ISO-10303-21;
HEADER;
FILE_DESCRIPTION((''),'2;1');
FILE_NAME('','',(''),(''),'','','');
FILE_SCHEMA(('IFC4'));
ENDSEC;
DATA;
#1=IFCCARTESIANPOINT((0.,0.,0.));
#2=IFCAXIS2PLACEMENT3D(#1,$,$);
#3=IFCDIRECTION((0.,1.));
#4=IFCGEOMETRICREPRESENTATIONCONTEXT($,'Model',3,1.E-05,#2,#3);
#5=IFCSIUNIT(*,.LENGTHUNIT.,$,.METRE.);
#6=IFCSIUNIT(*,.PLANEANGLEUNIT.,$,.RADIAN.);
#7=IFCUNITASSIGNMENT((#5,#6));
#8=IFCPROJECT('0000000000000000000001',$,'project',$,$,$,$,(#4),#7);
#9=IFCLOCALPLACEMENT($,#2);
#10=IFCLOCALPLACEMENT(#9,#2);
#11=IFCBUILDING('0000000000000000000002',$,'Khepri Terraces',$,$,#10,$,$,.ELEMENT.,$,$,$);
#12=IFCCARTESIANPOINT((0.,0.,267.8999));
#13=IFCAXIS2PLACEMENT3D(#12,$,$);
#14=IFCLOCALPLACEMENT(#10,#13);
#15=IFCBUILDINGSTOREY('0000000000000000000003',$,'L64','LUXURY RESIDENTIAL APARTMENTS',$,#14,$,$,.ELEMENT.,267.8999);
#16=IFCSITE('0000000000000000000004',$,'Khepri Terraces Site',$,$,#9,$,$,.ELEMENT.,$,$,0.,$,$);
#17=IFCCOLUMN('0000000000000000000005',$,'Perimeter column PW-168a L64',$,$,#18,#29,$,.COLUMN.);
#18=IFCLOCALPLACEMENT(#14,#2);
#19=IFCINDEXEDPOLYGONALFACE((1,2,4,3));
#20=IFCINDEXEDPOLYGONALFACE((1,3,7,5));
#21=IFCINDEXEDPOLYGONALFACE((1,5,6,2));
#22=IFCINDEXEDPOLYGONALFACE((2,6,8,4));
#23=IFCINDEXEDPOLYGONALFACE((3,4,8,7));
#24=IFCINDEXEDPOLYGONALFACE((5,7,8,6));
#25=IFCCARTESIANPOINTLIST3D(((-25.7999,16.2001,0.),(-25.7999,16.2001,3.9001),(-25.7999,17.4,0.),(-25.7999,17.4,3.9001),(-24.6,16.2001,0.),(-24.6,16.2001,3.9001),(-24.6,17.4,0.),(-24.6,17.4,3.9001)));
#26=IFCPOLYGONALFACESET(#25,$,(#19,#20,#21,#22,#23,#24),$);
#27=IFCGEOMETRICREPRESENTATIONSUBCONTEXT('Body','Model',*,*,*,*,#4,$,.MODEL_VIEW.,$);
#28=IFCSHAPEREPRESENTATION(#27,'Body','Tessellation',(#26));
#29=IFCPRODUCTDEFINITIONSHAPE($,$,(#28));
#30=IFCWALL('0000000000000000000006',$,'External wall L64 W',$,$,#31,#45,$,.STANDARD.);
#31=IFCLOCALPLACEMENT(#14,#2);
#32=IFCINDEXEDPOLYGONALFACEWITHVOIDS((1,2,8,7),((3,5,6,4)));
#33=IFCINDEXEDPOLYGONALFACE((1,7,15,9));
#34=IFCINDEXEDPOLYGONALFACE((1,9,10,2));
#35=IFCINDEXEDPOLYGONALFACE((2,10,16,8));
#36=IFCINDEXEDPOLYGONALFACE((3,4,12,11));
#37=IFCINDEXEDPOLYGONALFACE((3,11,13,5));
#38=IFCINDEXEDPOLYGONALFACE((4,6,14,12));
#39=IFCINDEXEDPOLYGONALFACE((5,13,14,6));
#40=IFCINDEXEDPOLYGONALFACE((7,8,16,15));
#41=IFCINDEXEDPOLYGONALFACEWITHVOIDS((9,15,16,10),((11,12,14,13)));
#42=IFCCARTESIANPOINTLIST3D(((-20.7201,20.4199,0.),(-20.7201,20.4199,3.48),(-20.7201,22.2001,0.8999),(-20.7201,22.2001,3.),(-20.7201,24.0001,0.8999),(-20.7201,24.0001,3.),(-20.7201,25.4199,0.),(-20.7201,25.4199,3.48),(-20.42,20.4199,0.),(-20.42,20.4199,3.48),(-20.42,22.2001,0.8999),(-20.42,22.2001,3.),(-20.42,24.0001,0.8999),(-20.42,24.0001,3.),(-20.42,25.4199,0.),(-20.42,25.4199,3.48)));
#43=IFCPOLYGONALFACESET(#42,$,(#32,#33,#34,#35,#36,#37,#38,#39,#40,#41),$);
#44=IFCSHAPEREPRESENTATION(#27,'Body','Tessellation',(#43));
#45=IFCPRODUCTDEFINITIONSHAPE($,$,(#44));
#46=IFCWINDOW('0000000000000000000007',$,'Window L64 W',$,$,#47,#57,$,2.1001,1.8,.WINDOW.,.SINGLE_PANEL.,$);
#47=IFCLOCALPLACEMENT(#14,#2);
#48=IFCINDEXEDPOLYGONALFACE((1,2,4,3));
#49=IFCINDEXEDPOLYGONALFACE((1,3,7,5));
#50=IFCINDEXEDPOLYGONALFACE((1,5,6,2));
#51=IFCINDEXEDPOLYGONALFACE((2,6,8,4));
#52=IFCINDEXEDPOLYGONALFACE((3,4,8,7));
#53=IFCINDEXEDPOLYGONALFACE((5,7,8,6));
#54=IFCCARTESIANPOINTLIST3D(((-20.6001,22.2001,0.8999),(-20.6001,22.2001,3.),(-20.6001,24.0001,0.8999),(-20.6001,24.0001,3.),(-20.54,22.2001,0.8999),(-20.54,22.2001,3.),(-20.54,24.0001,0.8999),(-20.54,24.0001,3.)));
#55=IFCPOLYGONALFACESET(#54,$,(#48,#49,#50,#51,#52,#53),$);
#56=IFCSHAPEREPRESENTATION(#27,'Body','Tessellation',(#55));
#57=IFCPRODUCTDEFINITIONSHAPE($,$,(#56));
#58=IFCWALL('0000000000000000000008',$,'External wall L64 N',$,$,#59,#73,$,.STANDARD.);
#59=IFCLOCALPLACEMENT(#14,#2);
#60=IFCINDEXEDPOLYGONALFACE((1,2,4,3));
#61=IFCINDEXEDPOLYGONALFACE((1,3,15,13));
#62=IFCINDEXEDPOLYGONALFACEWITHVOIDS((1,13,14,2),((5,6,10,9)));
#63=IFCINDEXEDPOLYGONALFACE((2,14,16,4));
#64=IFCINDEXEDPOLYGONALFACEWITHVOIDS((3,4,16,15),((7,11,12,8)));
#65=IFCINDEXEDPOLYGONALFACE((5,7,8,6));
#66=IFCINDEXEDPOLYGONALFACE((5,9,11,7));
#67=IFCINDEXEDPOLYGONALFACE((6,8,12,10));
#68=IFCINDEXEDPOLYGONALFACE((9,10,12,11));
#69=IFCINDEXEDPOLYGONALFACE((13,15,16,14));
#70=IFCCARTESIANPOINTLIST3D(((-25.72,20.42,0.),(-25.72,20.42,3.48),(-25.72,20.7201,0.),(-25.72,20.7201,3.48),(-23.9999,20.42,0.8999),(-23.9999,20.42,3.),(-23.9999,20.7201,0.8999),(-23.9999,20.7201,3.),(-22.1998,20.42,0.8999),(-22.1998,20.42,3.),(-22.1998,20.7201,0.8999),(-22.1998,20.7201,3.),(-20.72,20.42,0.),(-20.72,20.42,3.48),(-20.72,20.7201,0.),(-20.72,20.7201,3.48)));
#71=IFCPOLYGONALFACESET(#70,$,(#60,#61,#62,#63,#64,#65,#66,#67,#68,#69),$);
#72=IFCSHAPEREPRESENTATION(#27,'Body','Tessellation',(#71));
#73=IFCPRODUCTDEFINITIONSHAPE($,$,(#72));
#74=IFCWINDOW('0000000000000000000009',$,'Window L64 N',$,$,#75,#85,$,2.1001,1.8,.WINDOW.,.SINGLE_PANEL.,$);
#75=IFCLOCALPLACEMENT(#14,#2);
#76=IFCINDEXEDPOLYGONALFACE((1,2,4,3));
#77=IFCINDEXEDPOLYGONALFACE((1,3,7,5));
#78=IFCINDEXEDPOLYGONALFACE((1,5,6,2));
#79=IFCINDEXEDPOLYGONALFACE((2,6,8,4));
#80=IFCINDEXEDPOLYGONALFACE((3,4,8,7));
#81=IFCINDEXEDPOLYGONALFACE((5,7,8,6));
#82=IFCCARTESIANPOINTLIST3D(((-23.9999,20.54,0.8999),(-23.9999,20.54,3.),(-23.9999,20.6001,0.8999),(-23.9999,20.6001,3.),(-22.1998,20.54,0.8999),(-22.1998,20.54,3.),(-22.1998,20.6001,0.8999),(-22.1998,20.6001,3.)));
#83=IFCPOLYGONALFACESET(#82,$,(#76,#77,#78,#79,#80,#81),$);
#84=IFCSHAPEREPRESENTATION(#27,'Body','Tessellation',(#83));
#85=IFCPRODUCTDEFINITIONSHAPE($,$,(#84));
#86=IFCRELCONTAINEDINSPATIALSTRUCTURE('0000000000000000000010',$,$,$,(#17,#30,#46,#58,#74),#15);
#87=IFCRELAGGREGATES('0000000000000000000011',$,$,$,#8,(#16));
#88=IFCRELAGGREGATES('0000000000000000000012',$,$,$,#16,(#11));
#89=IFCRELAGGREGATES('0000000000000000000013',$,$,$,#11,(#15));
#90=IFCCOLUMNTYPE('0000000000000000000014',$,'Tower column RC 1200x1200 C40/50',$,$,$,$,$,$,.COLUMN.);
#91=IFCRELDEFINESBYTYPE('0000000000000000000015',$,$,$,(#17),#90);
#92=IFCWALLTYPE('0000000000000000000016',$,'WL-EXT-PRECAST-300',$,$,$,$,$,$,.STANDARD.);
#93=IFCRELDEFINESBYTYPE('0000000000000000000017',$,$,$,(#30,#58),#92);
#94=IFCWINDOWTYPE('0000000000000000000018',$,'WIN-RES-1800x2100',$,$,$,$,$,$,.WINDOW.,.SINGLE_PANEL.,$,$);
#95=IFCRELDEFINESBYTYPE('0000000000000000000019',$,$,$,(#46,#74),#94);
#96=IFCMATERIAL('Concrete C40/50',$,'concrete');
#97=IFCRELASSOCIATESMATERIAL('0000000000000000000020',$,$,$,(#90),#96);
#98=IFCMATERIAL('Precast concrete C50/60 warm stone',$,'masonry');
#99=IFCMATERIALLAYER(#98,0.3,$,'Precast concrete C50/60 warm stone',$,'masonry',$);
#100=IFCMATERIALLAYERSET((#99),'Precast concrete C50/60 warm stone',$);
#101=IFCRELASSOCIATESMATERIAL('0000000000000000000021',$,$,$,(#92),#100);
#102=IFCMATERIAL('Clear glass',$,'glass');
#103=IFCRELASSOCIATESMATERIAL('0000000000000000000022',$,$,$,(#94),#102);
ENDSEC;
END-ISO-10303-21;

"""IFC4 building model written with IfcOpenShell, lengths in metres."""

from ifc_helpers import new_model, si_unit, direction, frame, frame_2d, origin, origin_2d, place, context, subcontext, project, spatial, rectangle, extrude, material, layer, layer_set, material_profile, profile_set, type_object, element, fill, save


model = new_model("IFC4")

# Units and contexts
model_context = context("Model", 3, precision=1e-05, world=origin(), true_north=direction((0.0, 1.0)))
body_context = subcontext(model_context, "Body", "Model", "MODEL_VIEW")
ifc_project = project(units=[si_unit("LENGTHUNIT", "METRE"), si_unit("PLANEANGLEUNIT", "RADIAN")], contexts=[model_context])

# Site, building, storey
site_placement = place(None, origin())
site = spatial("IfcSite", under=ifc_project, at=site_placement, Name="Khepri Terraces Site", CompositionType="ELEMENT", RefElevation=0.0)
building_placement = place(site_placement, origin())
building = spatial("IfcBuilding", under=site, at=building_placement, Name="Khepri Terraces", CompositionType="ELEMENT")
storey_placement = place(building_placement, frame((0.0, 0.0, 267.8999)))
storey = spatial("IfcBuildingStorey", under=building, at=storey_placement, Name="L64", Description="LUXURY RESIDENTIAL APARTMENTS", CompositionType="ELEMENT", Elevation=267.8999)

# Column
ifc_material_1 = material(Name="Concrete C40/50", Category="concrete")
ifc_material_profile = material_profile(ifc_material_1, rectangle(XDim=1.2, YDim=1.2, at=origin_2d()), Name="Concrete C40/50", Category="concrete")
ifc_profile_set = profile_set([ifc_material_profile], Name="Concrete C40/50")
column_type = type_object("IfcColumnType", Name="Tower column RC 1200x1200 C40/50", PredefinedType="COLUMN", material=ifc_profile_set)
column_placement = place(storey_placement, frame((-25.2, 16.8, 0.0), z_axis=(0.0, 0.0, 1.0), x_axis=(1.0, 0.0, 0.0)))
element("IfcColumn", 1, at=column_placement, inside=storey, type_object=column_type, Name="Perimeter column PW-168a L64", PredefinedType="COLUMN", context=body_context, shape_type="SweptSolid", body=[
    extrude(rectangle(XDim=1.2, YDim=1.2, at=origin_2d()), origin(), (0.0, 0.0, 1.0), 3.9001),
])

# Walls, openings, windows
ifc_material_2 = material(Name="Precast concrete C50/60 warm stone", Category="masonry")
ifc_layer = layer(ifc_material_2, 0.3, Name="Precast concrete C50/60 warm stone", Category="masonry")
ifc_layer_set = layer_set([ifc_layer], Name="Precast concrete C50/60 warm stone")
wall_type = type_object("IfcWallType", Name="WL-EXT-PRECAST-300", PredefinedType="STANDARD", material=ifc_layer_set)
wall_1_placement = place(storey_placement, frame((-20.5701, 25.4199, 0.0), z_axis=(0.0, 0.0, 1.0), x_axis=(0.0, -1.0, 0.0)))
wall_1 = element("IfcWall", 2, at=wall_1_placement, inside=storey, type_object=wall_type, Name="External wall L64 W", PredefinedType="STANDARD", context=body_context, shape_type="SweptSolid", body=[
    extrude(rectangle(XDim=5.0, YDim=0.3, at=frame_2d((2.5, 0.0))), origin(), (0.0, 0.0, 1.0), 3.48),
])
opening_1_placement = place(wall_1_placement, frame((1.4199, 0.0, 0.8999)))
opening_1 = element("IfcOpeningElement", 3, at=opening_1_placement, cuts=wall_1, PredefinedType="OPENING", context=body_context, shape_type="SweptSolid", body=[
    extrude(rectangle(XDim=1.8, YDim=2.1001, at=frame_2d((0.8999, 1.05))), frame((0.0, 0.1602, 0.0), z_axis=(0.0, -1.0, 0.0), x_axis=(1.0, 0.0, 0.0)), (0.0, 0.0, 1.0), 0.3201),
])
ifc_material_3 = material(Name="Clear glass", Category="glass")
window_type = type_object("IfcWindowType", Name="WIN-RES-1800x2100", PartitioningType="SINGLE_PANEL", PredefinedType="WINDOW", material=ifc_material_3)
window_1_placement = place(opening_1_placement, origin())
window_1 = element("IfcWindow", 4, at=window_1_placement, inside=storey, type_object=window_type, Name="Window L64 W", OverallHeight=2.1001, OverallWidth=1.8, PartitioningType="SINGLE_PANEL", PredefinedType="WINDOW", context=body_context, shape_type="SweptSolid", body=[
    extrude(rectangle(XDim=1.8, YDim=2.1001, at=frame_2d((0.8999, 1.05))), frame((0.0, 0.03, 0.0), z_axis=(0.0, -1.0, 0.0), x_axis=(1.0, 0.0, 0.0)), (0.0, 0.0, 1.0), 0.0601),
])
fill(opening_1, window_1)
wall_2_placement = place(storey_placement, frame((-20.72, 20.5701, 0.0), z_axis=(0.0, 0.0, 1.0), x_axis=(-1.0, 0.0, 0.0)))
wall_2 = element("IfcWall", 5, at=wall_2_placement, inside=storey, type_object=wall_type, Name="External wall L64 N", PredefinedType="STANDARD", context=body_context, shape_type="SweptSolid", body=[
    extrude(rectangle(XDim=5.0, YDim=0.3, at=frame_2d((2.5, 0.0))), origin(), (0.0, 0.0, 1.0), 3.48),
])
opening_2_placement = place(wall_2_placement, frame((1.48, 0.0, 0.8999)))
opening_2 = element("IfcOpeningElement", 6, at=opening_2_placement, cuts=wall_2, PredefinedType="OPENING", context=body_context, shape_type="SweptSolid", body=[
    extrude(rectangle(XDim=1.8, YDim=2.1001, at=frame_2d((0.8999, 1.05))), frame((0.0, 0.1602, 0.0), z_axis=(0.0, -1.0, 0.0), x_axis=(1.0, 0.0, 0.0)), (0.0, 0.0, 1.0), 0.3201),
])
window_2_placement = place(opening_2_placement, origin())
window_2 = element("IfcWindow", 7, at=window_2_placement, inside=storey, type_object=window_type, Name="Window L64 N", OverallHeight=2.1001, OverallWidth=1.8, PartitioningType="SINGLE_PANEL", PredefinedType="WINDOW", context=body_context, shape_type="SweptSolid", body=[
    extrude(rectangle(XDim=1.8, YDim=2.1001, at=frame_2d((0.8999, 1.05))), frame((0.0, 0.03, 0.0), z_axis=(0.0, -1.0, 0.0), x_axis=(1.0, 0.0, 0.0)), (0.0, 0.0, 1.0), 0.0601),
])
fill(opening_2, window_2)

save(model, "model.ifc")
